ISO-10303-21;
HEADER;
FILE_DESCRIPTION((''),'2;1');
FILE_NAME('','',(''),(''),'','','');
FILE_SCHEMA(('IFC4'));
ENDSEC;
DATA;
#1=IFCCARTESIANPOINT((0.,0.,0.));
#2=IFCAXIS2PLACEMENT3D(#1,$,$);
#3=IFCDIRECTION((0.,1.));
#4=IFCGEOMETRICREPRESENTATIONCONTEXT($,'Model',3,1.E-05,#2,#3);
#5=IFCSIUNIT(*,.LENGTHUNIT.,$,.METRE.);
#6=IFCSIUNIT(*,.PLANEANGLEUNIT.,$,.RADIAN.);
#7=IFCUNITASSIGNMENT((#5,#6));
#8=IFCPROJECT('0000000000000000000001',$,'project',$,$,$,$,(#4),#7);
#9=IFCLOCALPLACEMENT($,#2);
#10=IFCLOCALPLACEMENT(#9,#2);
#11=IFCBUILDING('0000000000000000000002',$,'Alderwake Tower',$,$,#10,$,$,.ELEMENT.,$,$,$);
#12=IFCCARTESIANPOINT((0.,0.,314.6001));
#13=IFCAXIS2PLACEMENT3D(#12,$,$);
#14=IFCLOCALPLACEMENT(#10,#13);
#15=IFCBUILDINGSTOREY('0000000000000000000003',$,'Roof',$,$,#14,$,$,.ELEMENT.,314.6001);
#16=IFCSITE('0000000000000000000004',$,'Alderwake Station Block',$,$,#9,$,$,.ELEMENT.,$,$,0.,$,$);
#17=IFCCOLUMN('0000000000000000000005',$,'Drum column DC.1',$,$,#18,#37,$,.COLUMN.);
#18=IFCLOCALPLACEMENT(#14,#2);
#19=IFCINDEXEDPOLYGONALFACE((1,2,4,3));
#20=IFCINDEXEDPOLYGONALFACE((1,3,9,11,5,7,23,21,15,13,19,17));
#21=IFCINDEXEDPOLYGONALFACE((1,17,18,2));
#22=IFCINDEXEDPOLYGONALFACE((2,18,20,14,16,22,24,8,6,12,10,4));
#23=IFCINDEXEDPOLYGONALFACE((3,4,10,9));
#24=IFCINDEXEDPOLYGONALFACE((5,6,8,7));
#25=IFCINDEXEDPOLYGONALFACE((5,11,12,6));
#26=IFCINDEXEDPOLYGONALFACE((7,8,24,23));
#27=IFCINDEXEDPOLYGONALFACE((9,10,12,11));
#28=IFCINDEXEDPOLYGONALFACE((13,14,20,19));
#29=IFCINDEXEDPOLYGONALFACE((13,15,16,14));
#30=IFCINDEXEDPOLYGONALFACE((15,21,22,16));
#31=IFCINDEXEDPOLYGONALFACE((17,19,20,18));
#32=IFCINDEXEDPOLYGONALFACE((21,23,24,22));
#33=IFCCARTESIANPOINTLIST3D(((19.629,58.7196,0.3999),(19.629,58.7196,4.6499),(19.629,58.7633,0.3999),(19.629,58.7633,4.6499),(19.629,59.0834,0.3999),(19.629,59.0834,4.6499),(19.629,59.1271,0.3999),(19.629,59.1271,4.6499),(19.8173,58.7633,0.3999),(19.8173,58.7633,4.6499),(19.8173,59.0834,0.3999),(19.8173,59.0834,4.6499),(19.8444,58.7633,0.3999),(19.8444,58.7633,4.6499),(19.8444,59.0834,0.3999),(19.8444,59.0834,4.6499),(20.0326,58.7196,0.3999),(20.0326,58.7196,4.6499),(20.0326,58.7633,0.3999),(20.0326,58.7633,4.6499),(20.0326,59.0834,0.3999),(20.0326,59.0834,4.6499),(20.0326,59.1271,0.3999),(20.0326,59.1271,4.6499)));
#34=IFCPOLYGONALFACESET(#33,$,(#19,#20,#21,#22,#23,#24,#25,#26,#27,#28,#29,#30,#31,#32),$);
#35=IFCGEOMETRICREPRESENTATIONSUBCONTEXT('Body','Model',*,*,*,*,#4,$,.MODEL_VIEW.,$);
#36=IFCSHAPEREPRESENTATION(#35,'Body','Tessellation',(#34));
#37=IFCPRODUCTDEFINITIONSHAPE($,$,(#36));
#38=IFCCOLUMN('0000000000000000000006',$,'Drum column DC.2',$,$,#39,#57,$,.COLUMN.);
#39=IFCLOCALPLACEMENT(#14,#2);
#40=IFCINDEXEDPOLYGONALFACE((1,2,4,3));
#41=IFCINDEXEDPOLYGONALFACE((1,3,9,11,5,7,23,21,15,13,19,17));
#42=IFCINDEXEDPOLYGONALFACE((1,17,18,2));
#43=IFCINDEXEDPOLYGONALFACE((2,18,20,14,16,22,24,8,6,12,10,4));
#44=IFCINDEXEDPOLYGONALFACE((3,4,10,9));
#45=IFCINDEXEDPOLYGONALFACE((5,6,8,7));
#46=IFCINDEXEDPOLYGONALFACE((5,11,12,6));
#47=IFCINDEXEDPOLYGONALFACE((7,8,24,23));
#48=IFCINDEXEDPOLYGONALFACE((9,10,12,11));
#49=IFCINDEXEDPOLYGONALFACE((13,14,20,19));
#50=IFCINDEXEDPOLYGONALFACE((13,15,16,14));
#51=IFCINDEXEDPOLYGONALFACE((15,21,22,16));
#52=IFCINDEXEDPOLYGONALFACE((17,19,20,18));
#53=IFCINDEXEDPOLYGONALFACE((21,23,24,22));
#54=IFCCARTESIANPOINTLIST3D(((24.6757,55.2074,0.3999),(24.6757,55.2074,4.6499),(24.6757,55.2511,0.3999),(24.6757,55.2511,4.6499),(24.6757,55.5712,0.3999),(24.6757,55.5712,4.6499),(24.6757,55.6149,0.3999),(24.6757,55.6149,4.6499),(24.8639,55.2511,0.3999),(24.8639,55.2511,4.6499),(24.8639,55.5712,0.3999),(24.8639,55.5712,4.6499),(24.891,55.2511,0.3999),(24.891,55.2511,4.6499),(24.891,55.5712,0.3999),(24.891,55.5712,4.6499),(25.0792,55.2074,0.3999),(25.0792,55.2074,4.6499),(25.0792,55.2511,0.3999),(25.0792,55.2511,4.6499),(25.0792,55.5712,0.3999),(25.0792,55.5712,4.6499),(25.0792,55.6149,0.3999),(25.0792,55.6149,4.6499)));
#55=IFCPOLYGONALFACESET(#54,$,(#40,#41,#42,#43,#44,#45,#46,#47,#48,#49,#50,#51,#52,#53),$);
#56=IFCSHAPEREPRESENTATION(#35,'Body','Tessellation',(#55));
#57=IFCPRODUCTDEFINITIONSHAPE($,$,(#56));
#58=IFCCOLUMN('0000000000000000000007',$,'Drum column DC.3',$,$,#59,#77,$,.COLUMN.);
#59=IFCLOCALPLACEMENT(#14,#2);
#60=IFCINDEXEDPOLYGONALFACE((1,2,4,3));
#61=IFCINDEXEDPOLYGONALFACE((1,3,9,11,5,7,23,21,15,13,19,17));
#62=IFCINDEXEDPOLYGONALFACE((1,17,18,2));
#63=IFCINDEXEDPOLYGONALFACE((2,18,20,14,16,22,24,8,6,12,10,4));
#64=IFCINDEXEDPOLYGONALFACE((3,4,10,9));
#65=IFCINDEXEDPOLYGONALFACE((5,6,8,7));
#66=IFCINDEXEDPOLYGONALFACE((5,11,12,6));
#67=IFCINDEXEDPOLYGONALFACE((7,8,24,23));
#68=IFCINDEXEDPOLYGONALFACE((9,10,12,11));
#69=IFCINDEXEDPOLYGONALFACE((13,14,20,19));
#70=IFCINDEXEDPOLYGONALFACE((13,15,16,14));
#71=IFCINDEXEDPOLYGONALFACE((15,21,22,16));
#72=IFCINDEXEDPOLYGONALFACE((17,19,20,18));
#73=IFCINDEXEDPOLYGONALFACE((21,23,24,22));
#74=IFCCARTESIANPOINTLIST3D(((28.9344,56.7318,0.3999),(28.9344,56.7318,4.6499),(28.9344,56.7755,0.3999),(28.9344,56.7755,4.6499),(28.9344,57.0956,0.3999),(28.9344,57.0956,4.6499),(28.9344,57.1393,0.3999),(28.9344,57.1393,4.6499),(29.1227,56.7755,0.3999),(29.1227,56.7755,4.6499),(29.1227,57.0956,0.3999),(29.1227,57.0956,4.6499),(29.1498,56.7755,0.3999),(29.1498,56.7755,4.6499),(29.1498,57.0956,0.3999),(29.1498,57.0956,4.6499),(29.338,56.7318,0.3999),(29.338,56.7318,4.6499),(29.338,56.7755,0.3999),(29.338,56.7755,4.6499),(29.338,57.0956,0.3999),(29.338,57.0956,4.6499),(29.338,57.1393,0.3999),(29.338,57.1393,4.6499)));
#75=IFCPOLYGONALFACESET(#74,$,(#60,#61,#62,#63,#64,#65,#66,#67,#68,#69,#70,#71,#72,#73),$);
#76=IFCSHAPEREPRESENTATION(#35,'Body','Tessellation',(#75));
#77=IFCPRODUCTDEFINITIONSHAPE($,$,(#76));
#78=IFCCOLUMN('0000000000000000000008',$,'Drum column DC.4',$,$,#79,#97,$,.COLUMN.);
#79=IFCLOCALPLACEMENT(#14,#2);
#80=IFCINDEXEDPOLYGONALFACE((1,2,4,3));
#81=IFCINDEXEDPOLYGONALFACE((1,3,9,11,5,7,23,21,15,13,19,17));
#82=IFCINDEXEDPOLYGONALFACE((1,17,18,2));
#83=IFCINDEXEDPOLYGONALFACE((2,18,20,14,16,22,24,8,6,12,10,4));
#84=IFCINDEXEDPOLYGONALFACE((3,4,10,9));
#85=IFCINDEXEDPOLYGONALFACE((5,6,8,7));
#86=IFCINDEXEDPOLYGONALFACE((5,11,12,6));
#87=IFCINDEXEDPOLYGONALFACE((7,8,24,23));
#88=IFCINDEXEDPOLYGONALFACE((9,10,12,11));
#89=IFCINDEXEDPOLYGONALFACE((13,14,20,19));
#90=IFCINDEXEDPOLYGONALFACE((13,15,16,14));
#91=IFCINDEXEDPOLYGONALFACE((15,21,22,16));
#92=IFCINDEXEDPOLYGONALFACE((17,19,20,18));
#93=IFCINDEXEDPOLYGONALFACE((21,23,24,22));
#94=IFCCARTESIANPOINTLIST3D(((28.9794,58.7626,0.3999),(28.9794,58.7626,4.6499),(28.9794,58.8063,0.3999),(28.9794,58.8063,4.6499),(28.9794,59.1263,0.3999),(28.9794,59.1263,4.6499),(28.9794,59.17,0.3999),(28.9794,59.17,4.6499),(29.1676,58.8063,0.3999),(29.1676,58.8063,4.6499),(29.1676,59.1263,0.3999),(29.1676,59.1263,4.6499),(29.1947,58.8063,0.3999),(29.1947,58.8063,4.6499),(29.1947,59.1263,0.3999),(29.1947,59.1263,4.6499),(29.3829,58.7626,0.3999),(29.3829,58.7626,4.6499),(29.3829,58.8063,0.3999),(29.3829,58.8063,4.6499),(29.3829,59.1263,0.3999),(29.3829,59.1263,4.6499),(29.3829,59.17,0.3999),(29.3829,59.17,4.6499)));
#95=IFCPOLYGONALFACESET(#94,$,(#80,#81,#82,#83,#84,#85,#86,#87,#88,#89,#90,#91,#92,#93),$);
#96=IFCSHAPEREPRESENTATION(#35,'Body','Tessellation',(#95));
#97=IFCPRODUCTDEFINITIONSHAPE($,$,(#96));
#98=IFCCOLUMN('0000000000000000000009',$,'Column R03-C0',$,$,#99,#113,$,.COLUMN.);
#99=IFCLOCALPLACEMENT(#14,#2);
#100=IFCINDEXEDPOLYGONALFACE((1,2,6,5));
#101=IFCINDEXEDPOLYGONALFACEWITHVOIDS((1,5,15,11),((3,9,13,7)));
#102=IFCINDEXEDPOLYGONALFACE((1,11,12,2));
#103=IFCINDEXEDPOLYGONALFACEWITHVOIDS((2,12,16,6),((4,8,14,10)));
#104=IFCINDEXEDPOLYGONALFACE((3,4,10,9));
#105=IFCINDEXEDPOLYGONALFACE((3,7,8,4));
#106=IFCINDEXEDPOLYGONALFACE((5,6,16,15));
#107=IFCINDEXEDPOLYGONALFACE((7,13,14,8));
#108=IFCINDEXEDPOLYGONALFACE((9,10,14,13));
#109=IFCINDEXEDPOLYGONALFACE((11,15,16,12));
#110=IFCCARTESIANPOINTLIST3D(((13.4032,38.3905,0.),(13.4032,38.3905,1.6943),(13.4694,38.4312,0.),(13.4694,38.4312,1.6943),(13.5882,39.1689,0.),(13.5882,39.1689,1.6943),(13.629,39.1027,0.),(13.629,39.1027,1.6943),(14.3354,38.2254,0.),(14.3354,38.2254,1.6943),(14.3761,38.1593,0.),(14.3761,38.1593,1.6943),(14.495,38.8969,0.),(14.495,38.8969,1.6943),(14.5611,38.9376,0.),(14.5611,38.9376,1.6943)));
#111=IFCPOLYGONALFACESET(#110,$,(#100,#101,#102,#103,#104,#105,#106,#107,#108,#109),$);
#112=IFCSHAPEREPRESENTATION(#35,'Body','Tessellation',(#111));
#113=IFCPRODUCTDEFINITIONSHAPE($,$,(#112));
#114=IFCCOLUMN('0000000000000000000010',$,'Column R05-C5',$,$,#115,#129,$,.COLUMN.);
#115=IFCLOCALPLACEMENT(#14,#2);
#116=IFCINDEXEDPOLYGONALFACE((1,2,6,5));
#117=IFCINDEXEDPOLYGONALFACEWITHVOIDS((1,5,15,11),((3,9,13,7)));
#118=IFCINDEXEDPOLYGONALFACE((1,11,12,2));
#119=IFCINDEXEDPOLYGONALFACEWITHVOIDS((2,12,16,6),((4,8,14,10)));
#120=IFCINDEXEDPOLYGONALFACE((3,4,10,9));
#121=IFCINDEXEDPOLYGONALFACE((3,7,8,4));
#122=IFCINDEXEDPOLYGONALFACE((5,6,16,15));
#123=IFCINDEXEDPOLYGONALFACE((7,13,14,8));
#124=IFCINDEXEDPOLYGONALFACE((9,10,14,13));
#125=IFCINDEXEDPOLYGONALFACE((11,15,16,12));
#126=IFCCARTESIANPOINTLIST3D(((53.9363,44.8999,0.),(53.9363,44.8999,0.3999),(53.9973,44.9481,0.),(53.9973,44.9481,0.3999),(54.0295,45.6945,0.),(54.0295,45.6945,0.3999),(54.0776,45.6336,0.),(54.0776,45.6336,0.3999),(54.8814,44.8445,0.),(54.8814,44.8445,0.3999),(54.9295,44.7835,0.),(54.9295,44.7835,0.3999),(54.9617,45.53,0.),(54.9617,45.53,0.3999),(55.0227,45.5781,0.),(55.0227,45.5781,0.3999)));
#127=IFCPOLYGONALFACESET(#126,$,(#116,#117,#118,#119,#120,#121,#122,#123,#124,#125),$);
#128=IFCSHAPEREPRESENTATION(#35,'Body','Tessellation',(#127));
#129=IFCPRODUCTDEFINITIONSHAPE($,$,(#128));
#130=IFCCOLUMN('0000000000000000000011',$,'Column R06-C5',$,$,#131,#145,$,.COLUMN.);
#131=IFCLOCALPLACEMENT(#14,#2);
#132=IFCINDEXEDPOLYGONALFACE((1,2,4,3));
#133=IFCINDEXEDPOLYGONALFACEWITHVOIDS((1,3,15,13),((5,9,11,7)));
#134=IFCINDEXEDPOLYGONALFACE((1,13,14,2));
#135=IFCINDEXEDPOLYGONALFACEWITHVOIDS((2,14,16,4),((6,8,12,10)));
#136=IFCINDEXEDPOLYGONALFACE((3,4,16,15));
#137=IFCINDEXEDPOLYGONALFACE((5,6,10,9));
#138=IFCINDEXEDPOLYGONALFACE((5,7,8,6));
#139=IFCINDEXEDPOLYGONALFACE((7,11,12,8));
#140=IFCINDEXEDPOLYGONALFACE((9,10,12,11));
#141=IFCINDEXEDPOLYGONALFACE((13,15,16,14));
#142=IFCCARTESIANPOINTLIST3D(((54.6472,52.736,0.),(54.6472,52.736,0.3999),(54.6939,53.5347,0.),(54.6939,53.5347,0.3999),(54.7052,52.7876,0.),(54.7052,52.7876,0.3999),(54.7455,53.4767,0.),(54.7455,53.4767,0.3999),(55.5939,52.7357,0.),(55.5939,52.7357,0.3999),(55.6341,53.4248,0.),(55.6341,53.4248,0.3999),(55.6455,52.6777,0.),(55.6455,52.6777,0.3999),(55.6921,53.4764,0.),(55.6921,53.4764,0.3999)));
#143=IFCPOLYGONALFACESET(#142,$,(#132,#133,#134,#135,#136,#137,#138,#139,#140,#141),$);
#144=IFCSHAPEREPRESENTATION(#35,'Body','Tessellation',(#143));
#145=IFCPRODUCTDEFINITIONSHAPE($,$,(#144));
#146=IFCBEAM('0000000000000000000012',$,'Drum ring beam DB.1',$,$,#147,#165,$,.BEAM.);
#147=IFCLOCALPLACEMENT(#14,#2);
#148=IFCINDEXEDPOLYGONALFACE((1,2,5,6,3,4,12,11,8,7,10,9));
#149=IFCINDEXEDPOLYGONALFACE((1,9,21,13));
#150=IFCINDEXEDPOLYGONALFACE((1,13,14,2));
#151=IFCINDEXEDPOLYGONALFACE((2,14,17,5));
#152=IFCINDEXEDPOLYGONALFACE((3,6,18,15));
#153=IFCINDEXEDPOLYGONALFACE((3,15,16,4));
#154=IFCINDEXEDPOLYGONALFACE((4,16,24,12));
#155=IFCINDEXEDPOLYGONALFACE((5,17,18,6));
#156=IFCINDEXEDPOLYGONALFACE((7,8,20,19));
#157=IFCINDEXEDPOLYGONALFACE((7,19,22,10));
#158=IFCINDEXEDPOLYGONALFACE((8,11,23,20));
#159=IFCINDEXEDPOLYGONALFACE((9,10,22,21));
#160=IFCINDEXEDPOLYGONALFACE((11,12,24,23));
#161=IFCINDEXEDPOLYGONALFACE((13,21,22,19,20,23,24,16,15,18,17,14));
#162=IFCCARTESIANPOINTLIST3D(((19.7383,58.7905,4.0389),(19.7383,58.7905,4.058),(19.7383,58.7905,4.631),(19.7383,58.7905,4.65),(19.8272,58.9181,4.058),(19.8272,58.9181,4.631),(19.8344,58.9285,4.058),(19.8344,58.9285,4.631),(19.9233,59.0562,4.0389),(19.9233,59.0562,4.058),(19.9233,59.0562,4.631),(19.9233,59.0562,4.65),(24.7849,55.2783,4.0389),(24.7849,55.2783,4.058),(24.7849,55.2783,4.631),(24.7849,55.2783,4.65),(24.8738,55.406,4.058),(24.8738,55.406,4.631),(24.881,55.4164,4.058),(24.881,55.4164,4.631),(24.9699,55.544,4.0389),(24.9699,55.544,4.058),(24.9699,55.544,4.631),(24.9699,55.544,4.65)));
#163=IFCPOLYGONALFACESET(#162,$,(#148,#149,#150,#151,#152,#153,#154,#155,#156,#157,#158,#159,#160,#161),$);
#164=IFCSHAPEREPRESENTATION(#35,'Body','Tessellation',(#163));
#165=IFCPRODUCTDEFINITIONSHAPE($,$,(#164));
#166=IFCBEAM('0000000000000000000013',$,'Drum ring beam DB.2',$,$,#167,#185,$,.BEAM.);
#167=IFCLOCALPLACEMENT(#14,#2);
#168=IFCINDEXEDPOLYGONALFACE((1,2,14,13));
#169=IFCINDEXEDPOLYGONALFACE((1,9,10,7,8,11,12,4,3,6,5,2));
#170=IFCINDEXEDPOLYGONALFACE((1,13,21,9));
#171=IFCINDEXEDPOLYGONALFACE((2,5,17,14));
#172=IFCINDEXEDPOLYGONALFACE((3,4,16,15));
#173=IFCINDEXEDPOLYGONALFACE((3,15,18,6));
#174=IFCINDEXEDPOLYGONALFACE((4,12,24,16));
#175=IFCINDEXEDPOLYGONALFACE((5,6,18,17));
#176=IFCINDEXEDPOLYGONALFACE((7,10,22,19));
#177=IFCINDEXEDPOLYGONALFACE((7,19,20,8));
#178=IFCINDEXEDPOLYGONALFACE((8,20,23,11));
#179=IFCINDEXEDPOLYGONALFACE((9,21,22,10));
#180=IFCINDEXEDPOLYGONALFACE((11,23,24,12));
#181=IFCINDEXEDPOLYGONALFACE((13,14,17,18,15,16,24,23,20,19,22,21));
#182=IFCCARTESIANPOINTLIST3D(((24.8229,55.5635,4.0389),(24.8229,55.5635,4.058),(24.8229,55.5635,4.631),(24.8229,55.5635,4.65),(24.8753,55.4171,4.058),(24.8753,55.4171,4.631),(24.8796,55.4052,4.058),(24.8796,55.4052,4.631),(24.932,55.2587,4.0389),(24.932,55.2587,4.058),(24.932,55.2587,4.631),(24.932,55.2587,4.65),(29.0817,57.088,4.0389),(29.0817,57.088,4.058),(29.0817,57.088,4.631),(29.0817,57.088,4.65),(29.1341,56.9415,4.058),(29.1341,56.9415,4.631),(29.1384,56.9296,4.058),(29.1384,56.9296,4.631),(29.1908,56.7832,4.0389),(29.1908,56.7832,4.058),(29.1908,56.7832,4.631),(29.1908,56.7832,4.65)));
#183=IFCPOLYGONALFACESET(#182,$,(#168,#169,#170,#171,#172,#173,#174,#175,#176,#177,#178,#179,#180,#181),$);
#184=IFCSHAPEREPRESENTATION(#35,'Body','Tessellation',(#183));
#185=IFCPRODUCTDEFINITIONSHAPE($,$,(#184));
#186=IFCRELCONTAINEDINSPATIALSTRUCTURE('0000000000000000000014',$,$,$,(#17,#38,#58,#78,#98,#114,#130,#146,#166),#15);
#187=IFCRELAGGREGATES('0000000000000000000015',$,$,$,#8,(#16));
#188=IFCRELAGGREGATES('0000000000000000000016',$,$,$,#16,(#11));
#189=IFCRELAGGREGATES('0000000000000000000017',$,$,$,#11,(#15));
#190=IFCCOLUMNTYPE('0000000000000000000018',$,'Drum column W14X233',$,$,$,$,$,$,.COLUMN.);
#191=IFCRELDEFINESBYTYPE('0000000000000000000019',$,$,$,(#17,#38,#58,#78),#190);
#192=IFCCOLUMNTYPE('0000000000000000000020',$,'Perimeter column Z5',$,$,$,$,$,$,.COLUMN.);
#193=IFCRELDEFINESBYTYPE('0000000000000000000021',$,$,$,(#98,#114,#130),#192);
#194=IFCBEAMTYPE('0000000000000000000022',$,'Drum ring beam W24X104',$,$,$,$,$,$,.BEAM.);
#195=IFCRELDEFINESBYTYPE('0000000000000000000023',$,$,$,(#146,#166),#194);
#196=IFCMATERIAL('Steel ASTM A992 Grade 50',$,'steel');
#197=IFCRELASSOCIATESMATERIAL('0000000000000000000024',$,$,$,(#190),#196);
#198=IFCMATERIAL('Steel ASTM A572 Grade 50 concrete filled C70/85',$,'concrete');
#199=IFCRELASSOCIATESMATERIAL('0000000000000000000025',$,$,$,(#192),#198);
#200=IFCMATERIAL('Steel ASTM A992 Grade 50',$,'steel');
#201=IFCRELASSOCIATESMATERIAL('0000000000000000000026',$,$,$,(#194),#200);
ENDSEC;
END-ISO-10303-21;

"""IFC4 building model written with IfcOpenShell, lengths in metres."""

from ifc_helpers import new_model, si_unit, direction, frame, origin, origin_2d, place, context, subcontext, project, spatial, hollow_rectangle, i_section, extrude, material, material_profile, profile_set, type_object, element, save


model = new_model("IFC4")

# Units and contexts
model_context = context("Model", 3, precision=1e-05, world=origin(), true_north=direction((0.0, 1.0)))
body_context = subcontext(model_context, "Body", "Model", "MODEL_VIEW")
ifc_project = project(units=[si_unit("LENGTHUNIT", "METRE"), si_unit("PLANEANGLEUNIT", "RADIAN")], contexts=[model_context])

# Site, building, storey
site_placement = place(None, origin())
site = spatial("IfcSite", under=ifc_project, at=site_placement, Name="Alderwake Station Block", CompositionType="ELEMENT", RefElevation=0.0)
building_placement = place(site_placement, origin())
building = spatial("IfcBuilding", under=site, at=building_placement, Name="Alderwake Tower", CompositionType="ELEMENT")
storey_placement = place(building_placement, frame((0.0, 0.0, 314.6001)))
storey = spatial("IfcBuildingStorey", under=building, at=storey_placement, Name="Roof", CompositionType="ELEMENT", Elevation=314.6001)

# Columns
ifc_material_1 = material(Name="Steel ASTM A992 Grade 50", Category="steel")
ifc_material_profile_1 = material_profile(ifc_material_1, i_section(OverallWidth=0.4036, OverallDepth=0.4075, WebThickness=0.0271, FlangeThickness=0.0437, at=origin_2d()), Name="W14X233")
ifc_profile_set_1 = profile_set([ifc_material_profile_1], Name="Steel ASTM A992 Grade 50")
column_type_1 = type_object("IfcColumnType", Name="Drum column W14X233", PredefinedType="COLUMN", material=ifc_profile_set_1)
for number, where, z_axis, x_axis, name in (
    (1, (19.8308, 58.9233, 0.3999), (0.0, 0.0, 1.0), (1.0, 0.0, 0.0), "Drum column DC.1"),
    (2, (24.8774, 55.4111, 0.3999), (0.0, 0.0, 1.0), (1.0, 0.0, 0.0), "Drum column DC.2"),
    (3, (29.1362, 56.9355, 0.3999), (0.0, 0.0, 1.0), (1.0, 0.0, 0.0), "Drum column DC.3"),
    (4, (29.1812, 58.9663, 0.3999), (0.0, 0.0, 1.0), (1.0, 0.0, 0.0), "Drum column DC.4"),
):
    element("IfcColumn", number, at=place(storey_placement, frame(where, z_axis=z_axis, x_axis=x_axis)), inside=storey, type_object=column_type_1, Name=name, PredefinedType="COLUMN", context=body_context, shape_type="SweptSolid", body=[
        extrude(i_section(OverallWidth=0.4036, OverallDepth=0.4075, WebThickness=0.0271, FlangeThickness=0.0437, at=origin_2d()), origin(), (0.0, 0.0, 1.0), 4.25),
    ])
ifc_material_2 = material(Name="Steel ASTM A572 Grade 50 concrete filled C70/85", Category="concrete")
ifc_material_profile_2 = material_profile(ifc_material_2, hollow_rectangle(XDim=0.8, YDim=1.0, WallThickness=0.0549, at=origin_2d()), Name="BOX 1000X800X55")
ifc_profile_set_2 = profile_set([ifc_material_profile_2], Name="Steel ASTM A572 Grade 50 concrete filled C70/85")
column_type_2 = type_object("IfcColumnType", Name="Perimeter column Z5", PredefinedType="COLUMN", material=ifc_profile_set_2)
column_placement = place(storey_placement, frame((13.9822, 38.6641, 0.0), z_axis=(0.0, 0.0, 1.0), x_axis=(0.231222, 0.972901, 0.0)))
element("IfcColumn", 5, at=column_placement, inside=storey, type_object=column_type_2, Name="Column R03-C0", PredefinedType="COLUMN", context=body_context, shape_type="SweptSolid", body=[
    extrude(hollow_rectangle(XDim=0.8, YDim=1.0, WallThickness=0.0549, at=origin_2d()), origin(), (0.0, 0.0, 1.0), 1.6943),
])
for number, where, z_axis, x_axis, name in (
    (6, (54.4795, 45.239, 0.0), (0.0, 0.0, 1.0), (0.116402, 0.993202, 0.0), "Column R05-C5"),
    (7, (55.1697, 53.1062, 0.0), (0.0, 0.0, 1.0), (0.058301, 0.998299, 0.0), "Column R06-C5"),
):
    element("IfcColumn", number, at=place(storey_placement, frame(where, z_axis=z_axis, x_axis=x_axis)), inside=storey, type_object=column_type_2, Name=name, PredefinedType="COLUMN", context=body_context, shape_type="SweptSolid", body=[
        extrude(hollow_rectangle(XDim=0.8, YDim=1.0, WallThickness=0.0549, at=origin_2d()), origin(), (0.0, 0.0, 1.0), 0.3999),
    ])

# Beams
ifc_material_3 = material(Name="Steel ASTM A992 Grade 50", Category="steel")
ifc_material_profile_3 = material_profile(ifc_material_3, i_section(OverallWidth=0.3237, OverallDepth=0.6111, WebThickness=0.0127, FlangeThickness=0.019, at=origin_2d()), Name="W24X104")
ifc_profile_set_3 = profile_set([ifc_material_profile_3], Name="Steel ASTM A992 Grade 50")
beam_type = type_object("IfcBeamType", Name="Drum ring beam W24X104", PredefinedType="BEAM", material=ifc_profile_set_3)
beam_1_placement = place(storey_placement, frame((19.8308, 58.9233, 4.3445), z_axis=(0.82079, -0.57123, 0.0), x_axis=(0.57123, 0.82079, 0.0)))
element("IfcBeam", 8, at=beam_1_placement, inside=storey, type_object=beam_type, Name="Drum ring beam DB.1", PredefinedType="BEAM", context=body_context, shape_type="SweptSolid", body=[
    extrude(i_section(OverallWidth=0.3237, OverallDepth=0.6111, WebThickness=0.0127, FlangeThickness=0.019, at=origin_2d()), origin(), (0.0, 0.0, 1.0), 6.1484),
])
beam_2_placement = place(storey_placement, frame((24.8774, 55.4111, 4.3445), z_axis=(0.941502, 0.337006, 0.0), x_axis=(-0.337006, 0.941502, 0.0)))
element("IfcBeam", 9, at=beam_2_placement, inside=storey, type_object=beam_type, Name="Drum ring beam DB.2", PredefinedType="BEAM", context=body_context, shape_type="SweptSolid", body=[
    extrude(i_section(OverallWidth=0.3237, OverallDepth=0.6111, WebThickness=0.0127, FlangeThickness=0.019, at=origin_2d()), origin(), (0.0, 0.0, 1.0), 4.5234),
])

save(model, "model.ifc")
